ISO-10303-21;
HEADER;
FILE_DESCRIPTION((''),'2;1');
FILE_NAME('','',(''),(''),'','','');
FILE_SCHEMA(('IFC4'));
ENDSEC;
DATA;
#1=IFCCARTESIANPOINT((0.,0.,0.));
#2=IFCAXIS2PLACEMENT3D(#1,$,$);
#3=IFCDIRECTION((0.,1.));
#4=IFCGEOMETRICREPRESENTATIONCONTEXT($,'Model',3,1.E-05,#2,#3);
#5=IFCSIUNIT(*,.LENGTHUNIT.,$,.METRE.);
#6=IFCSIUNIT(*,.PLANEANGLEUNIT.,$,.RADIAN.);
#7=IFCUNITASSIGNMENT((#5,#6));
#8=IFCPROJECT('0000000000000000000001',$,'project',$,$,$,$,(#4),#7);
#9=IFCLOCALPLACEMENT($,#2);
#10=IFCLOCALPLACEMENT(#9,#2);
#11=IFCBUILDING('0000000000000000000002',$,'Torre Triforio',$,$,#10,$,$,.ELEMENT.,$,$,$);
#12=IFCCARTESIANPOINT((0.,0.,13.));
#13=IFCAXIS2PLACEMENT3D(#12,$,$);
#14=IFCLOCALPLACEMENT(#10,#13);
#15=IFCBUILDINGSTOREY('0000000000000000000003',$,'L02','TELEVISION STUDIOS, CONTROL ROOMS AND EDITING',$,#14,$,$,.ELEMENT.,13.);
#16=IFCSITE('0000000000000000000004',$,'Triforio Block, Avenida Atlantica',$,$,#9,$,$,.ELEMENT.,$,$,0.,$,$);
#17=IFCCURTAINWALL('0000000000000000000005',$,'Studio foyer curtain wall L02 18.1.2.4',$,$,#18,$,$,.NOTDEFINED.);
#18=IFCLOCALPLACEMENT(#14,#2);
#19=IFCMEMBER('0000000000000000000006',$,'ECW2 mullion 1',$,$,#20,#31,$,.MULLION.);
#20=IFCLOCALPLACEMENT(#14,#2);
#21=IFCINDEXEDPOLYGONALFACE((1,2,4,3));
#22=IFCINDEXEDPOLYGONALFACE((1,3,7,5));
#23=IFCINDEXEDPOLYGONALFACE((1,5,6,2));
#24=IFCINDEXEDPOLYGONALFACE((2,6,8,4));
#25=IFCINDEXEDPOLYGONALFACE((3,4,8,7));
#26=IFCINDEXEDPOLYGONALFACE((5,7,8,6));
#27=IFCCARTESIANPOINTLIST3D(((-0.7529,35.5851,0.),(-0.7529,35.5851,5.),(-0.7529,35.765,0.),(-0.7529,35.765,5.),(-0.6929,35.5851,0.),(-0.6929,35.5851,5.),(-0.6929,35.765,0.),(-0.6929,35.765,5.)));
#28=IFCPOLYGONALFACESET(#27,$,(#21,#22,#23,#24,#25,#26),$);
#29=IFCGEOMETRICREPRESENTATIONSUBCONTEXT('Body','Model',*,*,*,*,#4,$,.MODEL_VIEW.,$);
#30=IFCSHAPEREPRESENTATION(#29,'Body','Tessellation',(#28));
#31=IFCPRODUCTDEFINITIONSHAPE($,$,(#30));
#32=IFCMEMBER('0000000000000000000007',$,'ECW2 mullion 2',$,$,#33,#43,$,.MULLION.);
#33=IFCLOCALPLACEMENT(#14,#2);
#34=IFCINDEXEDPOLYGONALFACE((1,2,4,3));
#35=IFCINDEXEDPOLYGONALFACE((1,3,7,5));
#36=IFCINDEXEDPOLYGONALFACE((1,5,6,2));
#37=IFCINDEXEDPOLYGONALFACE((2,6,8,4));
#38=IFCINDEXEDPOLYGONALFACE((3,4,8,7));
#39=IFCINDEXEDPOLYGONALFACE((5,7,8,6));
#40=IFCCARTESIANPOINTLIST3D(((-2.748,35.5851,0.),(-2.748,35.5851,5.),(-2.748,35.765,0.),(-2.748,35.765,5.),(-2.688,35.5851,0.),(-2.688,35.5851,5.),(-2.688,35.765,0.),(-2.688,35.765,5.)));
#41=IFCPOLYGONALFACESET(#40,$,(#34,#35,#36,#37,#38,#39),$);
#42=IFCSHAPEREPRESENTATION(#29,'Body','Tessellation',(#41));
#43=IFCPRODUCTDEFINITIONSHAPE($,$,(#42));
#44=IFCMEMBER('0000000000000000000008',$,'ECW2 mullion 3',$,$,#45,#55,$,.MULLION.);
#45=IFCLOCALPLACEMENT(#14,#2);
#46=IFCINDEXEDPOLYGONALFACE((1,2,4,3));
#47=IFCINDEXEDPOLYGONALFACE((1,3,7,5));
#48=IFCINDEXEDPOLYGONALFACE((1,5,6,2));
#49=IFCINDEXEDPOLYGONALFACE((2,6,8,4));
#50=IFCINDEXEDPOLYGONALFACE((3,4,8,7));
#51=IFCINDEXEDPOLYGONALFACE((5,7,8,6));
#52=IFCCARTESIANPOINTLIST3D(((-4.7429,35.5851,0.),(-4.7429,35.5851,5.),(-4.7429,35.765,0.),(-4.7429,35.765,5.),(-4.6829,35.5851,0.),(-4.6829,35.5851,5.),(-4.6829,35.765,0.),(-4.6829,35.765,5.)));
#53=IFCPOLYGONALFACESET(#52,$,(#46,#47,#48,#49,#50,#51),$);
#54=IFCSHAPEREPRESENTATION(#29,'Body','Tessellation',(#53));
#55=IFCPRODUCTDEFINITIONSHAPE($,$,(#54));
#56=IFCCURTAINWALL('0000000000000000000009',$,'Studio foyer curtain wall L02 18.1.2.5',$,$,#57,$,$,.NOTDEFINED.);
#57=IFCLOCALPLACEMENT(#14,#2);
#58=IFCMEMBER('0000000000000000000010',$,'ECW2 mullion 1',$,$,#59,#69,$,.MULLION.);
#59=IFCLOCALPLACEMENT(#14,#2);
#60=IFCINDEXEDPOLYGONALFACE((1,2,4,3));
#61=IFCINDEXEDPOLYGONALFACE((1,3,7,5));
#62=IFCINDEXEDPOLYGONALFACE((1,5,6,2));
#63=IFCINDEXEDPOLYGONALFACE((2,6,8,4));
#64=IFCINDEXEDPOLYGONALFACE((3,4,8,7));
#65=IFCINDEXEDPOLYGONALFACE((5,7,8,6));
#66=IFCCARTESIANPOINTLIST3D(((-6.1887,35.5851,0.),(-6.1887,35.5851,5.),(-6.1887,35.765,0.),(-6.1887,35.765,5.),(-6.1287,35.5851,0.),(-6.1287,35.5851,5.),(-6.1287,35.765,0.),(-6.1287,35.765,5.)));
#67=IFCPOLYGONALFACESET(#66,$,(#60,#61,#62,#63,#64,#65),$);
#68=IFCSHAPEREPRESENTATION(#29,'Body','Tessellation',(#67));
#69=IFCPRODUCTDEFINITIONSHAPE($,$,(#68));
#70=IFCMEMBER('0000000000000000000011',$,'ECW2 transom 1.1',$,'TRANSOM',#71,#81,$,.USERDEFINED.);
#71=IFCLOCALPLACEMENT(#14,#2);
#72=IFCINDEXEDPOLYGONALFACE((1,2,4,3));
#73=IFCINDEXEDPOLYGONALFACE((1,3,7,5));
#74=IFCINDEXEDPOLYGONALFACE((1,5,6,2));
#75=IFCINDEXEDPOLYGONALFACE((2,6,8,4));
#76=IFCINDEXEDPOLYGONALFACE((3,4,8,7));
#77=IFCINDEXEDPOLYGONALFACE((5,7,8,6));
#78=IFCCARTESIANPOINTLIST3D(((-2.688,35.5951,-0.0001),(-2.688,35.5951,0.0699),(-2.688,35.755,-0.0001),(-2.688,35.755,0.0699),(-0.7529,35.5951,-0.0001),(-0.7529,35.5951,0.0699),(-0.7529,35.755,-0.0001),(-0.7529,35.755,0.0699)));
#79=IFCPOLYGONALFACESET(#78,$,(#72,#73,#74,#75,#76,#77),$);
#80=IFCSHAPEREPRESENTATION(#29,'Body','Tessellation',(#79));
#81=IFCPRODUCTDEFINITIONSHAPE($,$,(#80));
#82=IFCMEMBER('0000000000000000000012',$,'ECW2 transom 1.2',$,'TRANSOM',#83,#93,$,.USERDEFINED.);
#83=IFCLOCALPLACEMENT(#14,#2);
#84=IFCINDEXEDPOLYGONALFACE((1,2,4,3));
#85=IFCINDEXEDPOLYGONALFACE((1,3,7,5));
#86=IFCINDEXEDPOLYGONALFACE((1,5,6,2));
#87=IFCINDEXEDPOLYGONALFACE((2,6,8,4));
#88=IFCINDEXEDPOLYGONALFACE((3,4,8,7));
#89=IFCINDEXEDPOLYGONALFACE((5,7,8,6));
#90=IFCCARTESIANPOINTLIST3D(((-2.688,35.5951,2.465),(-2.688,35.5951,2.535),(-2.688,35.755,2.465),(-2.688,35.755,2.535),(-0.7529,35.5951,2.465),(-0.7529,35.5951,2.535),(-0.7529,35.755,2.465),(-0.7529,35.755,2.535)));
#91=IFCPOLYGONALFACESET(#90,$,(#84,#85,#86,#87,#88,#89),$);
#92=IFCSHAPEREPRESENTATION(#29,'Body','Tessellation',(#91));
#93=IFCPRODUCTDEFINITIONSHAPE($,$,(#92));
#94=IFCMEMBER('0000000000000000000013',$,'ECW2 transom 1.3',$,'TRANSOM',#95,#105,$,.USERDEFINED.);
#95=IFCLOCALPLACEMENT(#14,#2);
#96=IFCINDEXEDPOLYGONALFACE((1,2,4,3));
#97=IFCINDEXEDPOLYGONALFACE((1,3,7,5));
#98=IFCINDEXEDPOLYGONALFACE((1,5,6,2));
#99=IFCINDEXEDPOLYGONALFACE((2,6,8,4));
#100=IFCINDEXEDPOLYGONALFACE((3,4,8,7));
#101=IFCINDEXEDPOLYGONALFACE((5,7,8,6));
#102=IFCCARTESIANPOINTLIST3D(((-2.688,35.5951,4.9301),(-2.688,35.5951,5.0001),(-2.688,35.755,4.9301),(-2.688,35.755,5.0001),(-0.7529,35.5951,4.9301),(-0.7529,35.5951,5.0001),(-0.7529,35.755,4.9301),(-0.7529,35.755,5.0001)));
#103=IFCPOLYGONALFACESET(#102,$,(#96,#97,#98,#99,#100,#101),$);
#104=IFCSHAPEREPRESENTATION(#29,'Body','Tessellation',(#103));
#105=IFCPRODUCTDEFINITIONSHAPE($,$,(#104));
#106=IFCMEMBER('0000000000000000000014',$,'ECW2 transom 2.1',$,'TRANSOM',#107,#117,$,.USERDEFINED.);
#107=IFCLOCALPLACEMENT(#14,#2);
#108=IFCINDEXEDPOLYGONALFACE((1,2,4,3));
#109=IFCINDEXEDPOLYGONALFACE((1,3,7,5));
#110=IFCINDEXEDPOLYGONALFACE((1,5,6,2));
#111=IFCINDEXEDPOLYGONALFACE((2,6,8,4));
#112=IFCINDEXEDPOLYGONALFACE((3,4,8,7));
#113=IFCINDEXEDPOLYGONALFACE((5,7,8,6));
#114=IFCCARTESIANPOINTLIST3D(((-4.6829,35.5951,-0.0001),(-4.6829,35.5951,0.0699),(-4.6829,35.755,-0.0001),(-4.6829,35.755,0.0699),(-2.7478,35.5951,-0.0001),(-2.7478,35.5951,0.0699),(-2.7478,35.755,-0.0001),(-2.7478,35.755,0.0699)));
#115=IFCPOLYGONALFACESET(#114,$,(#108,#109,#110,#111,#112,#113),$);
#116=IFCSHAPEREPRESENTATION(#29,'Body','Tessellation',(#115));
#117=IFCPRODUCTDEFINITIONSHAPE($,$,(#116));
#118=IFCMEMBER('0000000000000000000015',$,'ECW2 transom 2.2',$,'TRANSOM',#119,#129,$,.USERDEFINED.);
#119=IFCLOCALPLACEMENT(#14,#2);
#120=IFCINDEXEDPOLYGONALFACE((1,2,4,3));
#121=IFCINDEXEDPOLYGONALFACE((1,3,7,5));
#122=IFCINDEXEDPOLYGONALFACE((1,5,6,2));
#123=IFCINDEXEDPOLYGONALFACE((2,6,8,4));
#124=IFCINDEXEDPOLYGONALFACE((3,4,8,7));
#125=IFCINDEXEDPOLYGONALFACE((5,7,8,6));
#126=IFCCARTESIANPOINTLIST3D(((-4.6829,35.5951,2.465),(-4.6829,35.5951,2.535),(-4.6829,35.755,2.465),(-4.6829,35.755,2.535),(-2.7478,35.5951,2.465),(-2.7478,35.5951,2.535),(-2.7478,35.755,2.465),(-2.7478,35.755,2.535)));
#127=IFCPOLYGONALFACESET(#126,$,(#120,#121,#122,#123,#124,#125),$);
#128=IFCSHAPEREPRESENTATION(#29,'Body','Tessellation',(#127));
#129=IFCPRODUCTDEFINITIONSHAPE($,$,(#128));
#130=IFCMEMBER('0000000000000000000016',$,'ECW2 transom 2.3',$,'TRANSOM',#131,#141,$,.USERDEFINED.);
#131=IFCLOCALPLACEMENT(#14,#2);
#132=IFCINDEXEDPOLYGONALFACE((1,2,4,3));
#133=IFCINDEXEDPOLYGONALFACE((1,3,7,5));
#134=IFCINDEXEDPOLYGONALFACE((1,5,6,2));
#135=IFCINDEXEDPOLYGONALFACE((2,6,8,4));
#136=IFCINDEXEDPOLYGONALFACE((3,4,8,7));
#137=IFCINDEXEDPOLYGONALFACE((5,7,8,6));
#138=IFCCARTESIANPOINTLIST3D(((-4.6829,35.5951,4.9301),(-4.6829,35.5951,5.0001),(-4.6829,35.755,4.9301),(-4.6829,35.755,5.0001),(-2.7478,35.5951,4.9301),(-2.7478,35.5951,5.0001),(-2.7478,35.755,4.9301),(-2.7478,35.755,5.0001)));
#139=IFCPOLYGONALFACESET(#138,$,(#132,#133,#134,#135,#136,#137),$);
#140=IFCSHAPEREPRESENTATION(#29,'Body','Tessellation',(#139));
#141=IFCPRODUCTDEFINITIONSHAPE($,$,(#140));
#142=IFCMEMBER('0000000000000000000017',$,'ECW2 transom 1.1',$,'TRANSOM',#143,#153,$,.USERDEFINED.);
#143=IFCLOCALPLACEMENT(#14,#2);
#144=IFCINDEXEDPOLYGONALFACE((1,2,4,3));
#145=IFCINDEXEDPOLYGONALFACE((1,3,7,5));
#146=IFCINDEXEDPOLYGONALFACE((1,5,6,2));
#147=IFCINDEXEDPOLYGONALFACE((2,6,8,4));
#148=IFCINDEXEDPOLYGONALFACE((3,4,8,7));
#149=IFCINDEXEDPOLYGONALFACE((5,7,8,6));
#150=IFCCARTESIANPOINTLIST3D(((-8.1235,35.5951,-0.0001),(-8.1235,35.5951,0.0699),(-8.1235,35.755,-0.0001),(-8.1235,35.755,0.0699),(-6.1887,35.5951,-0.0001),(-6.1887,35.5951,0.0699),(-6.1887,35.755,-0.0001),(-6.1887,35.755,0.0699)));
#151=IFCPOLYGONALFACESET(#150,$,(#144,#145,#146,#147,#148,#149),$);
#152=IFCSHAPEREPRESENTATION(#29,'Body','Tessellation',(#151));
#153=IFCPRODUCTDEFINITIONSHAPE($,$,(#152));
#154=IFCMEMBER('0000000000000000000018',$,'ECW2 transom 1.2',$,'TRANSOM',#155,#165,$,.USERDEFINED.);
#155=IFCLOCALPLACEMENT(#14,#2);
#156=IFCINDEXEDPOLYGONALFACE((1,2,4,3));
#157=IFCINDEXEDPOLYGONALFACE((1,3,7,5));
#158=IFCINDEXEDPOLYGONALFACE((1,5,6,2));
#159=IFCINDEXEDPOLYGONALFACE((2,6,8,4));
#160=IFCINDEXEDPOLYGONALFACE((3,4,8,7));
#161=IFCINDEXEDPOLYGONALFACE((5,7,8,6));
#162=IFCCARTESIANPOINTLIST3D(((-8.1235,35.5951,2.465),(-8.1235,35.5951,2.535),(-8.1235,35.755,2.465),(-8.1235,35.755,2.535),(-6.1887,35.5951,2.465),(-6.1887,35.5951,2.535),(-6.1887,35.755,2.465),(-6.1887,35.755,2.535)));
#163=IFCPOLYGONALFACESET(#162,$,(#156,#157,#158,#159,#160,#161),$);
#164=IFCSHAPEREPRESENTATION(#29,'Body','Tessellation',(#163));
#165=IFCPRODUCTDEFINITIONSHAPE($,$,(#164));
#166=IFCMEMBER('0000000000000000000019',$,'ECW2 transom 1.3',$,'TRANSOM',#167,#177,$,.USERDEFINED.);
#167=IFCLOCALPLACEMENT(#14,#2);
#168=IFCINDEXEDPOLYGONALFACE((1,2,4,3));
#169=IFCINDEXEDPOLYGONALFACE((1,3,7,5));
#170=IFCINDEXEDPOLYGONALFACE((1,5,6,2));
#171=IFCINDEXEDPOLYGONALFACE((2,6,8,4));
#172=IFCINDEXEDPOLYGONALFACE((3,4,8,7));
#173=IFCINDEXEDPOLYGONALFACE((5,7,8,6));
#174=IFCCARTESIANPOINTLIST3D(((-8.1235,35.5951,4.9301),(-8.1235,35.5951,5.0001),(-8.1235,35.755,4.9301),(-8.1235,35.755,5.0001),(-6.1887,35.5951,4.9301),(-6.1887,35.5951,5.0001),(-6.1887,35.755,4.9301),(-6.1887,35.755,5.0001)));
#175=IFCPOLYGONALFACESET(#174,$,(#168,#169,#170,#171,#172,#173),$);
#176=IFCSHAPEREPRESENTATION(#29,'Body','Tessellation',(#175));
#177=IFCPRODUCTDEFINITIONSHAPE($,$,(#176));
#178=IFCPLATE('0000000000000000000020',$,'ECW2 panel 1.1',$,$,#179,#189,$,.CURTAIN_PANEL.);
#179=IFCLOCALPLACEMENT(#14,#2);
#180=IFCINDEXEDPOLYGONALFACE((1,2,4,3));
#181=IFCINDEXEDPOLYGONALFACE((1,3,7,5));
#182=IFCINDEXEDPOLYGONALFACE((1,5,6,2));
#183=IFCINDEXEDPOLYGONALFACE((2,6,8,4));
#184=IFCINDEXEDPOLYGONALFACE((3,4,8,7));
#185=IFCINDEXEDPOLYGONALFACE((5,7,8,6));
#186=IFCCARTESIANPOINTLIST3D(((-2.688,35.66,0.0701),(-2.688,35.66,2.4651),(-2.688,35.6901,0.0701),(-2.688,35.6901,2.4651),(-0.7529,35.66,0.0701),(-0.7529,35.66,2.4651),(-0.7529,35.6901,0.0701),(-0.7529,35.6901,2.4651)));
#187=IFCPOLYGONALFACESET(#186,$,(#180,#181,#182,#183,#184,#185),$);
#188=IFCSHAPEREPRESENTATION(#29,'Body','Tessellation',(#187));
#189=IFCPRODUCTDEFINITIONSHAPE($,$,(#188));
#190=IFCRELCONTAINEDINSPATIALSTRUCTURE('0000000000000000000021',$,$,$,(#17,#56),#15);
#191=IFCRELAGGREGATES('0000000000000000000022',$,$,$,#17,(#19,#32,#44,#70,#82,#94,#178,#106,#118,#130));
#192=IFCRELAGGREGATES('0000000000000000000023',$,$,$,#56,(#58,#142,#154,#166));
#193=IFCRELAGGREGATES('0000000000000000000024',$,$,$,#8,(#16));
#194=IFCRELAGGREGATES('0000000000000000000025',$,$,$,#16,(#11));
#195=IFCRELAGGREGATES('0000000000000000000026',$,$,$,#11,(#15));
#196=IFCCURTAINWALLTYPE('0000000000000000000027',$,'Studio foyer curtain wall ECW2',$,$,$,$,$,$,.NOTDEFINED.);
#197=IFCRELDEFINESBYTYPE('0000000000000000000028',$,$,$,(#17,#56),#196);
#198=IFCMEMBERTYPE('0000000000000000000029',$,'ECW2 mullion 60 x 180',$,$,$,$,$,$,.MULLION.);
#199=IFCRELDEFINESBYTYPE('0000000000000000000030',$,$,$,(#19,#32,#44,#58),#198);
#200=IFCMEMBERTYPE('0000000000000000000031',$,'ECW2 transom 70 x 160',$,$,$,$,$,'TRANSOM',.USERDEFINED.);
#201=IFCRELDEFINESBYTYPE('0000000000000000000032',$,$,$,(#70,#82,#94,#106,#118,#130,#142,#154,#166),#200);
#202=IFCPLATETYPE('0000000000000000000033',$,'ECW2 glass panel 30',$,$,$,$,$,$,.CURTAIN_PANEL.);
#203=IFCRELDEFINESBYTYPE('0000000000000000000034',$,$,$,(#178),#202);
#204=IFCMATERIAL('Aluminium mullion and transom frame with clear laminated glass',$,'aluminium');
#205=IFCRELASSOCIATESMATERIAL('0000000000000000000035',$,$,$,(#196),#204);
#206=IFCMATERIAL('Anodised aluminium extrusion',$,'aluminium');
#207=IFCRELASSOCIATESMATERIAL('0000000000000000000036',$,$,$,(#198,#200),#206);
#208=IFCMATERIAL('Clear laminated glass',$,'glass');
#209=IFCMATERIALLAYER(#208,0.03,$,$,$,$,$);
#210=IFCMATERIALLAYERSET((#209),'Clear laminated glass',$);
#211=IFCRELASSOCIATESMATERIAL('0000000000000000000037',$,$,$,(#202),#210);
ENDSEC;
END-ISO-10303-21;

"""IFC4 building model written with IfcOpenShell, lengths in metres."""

from ifc_helpers import new_model, si_unit, direction, frame, origin, origin_2d, place, context, subcontext, project, spatial, rectangle, extrude, material, layer, layer_set, material_profile, profile_set, type_object, element, aggregate, save


model = new_model("IFC4")

# Units and contexts
model_context = context("Model", 3, precision=1e-05, world=origin(), true_north=direction((0.0, 1.0)))
body_context = subcontext(model_context, "Body", "Model", "MODEL_VIEW")
ifc_project = project(units=[si_unit("LENGTHUNIT", "METRE"), si_unit("PLANEANGLEUNIT", "RADIAN")], contexts=[model_context])

# Site, building, storey
site_placement = place(None, origin())
site = spatial("IfcSite", under=ifc_project, at=site_placement, Name="Triforio Block, Avenida Atlantica", CompositionType="ELEMENT", RefElevation=0.0)
building_placement = place(site_placement, origin())
building = spatial("IfcBuilding", under=site, at=building_placement, Name="Torre Triforio", CompositionType="ELEMENT")
storey_placement = place(building_placement, frame((0.0, 0.0, 13.0)))
storey = spatial("IfcBuildingStorey", under=building, at=storey_placement, Name="L02", Description="TELEVISION STUDIOS, CONTROL ROOMS AND EDITING", CompositionType="ELEMENT", Elevation=13.0)

# Curtain wall, members
ifc_material_1 = material(Name="Aluminium mullion and transom frame with clear laminated glass", Category="aluminium")
curtain_wall_type = type_object("IfcCurtainWallType", Name="Studio foyer curtain wall ECW2", PredefinedType="NOTDEFINED", material=ifc_material_1)
curtain_wall_1_placement = place(storey_placement, origin())
curtain_wall_1 = element("IfcCurtainWall", 1, at=curtain_wall_1_placement, inside=storey, type_object=curtain_wall_type, Name="Studio foyer curtain wall L02 18.1.2.4", PredefinedType="NOTDEFINED")
ifc_material_2 = material(Name="Anodised aluminium extrusion", Category="aluminium")
ifc_material_profile_1 = material_profile(ifc_material_2, rectangle(XDim=0.1799, YDim=0.0601, at=origin_2d()), Name="ECW2 MULLION 60x180")
ifc_profile_set_1 = profile_set([ifc_material_profile_1], Name="Anodised aluminium extrusion")
member_type_1 = type_object("IfcMemberType", Name="ECW2 mullion 60 x 180", PredefinedType="MULLION", material=ifc_profile_set_1)
member_1_placement = place(storey_placement, frame((-0.7229, 35.675, 0.0), z_axis=(0.0, 0.0, 1.0), x_axis=(0.0, -1.0, 0.0)))
member_1 = element("IfcMember", 2, at=member_1_placement, type_object=member_type_1, Name="ECW2 mullion 1", PredefinedType="MULLION", context=body_context, shape_type="SweptSolid", body=[
    extrude(rectangle(XDim=0.1799, YDim=0.0601, at=origin_2d()), origin(), (0.0, 0.0, 1.0), 5.0),
])
member_2_placement = place(storey_placement, frame((-2.718, 35.675, 0.0), z_axis=(0.0, 0.0, 1.0), x_axis=(0.0, -1.0, 0.0)))
member_2 = element("IfcMember", 3, at=member_2_placement, type_object=member_type_1, Name="ECW2 mullion 2", PredefinedType="MULLION", context=body_context, shape_type="SweptSolid", body=[
    extrude(rectangle(XDim=0.1799, YDim=0.0601, at=origin_2d()), origin(), (0.0, 0.0, 1.0), 5.0),
])
member_3_placement = place(storey_placement, frame((-4.7129, 35.675, 0.0), z_axis=(0.0, 0.0, 1.0), x_axis=(0.0, -1.0, 0.0)))
member_3 = element("IfcMember", 4, at=member_3_placement, type_object=member_type_1, Name="ECW2 mullion 3", PredefinedType="MULLION", context=body_context, shape_type="SweptSolid", body=[
    extrude(rectangle(XDim=0.1799, YDim=0.0601, at=origin_2d()), origin(), (0.0, 0.0, 1.0), 5.0),
])

# Curtain wall, member
curtain_wall_2_placement = place(storey_placement, origin())
curtain_wall_2 = element("IfcCurtainWall", 5, at=curtain_wall_2_placement, inside=storey, type_object=curtain_wall_type, Name="Studio foyer curtain wall L02 18.1.2.5", PredefinedType="NOTDEFINED")
member_4_placement = place(storey_placement, frame((-6.1587, 35.675, 0.0), z_axis=(0.0, 0.0, 1.0), x_axis=(0.0, -1.0, 0.0)))
member_4 = element("IfcMember", 6, at=member_4_placement, type_object=member_type_1, Name="ECW2 mullion 1", PredefinedType="MULLION", context=body_context, shape_type="SweptSolid", body=[
    extrude(rectangle(XDim=0.1799, YDim=0.0601, at=origin_2d()), origin(), (0.0, 0.0, 1.0), 5.0),
])

# Members
ifc_material_profile_2 = material_profile(ifc_material_2, rectangle(XDim=0.1599, YDim=0.0701, at=origin_2d()), Name="ECW2 TRANSOM 70x160")
ifc_profile_set_2 = profile_set([ifc_material_profile_2], Name="Anodised aluminium extrusion")
member_type_2 = type_object("IfcMemberType", Name="ECW2 transom 70 x 160", ElementType="TRANSOM", PredefinedType="USERDEFINED", material=ifc_profile_set_2)
member_5_placement = place(storey_placement, frame((-0.7529, 35.675, 0.0349), z_axis=(-1.0, 0.0, 0.0), x_axis=(0.0, -1.0, 0.0)))
member_5 = element("IfcMember", 7, at=member_5_placement, type_object=member_type_2, Name="ECW2 transom 1.1", ObjectType="TRANSOM", PredefinedType="USERDEFINED", context=body_context, shape_type="SweptSolid", body=[
    extrude(rectangle(XDim=0.1599, YDim=0.0701, at=origin_2d()), origin(), (0.0, 0.0, 1.0), 1.9351),
])
member_6_placement = place(storey_placement, frame((-0.7529, 35.675, 2.5), z_axis=(-1.0, 0.0, 0.0), x_axis=(0.0, -1.0, 0.0)))
member_6 = element("IfcMember", 8, at=member_6_placement, type_object=member_type_2, Name="ECW2 transom 1.2", ObjectType="TRANSOM", PredefinedType="USERDEFINED", context=body_context, shape_type="SweptSolid", body=[
    extrude(rectangle(XDim=0.1599, YDim=0.0701, at=origin_2d()), origin(), (0.0, 0.0, 1.0), 1.9351),
])
member_7_placement = place(storey_placement, frame((-0.7529, 35.675, 4.9651), z_axis=(-1.0, 0.0, 0.0), x_axis=(0.0, -1.0, 0.0)))
member_7 = element("IfcMember", 9, at=member_7_placement, type_object=member_type_2, Name="ECW2 transom 1.3", ObjectType="TRANSOM", PredefinedType="USERDEFINED", context=body_context, shape_type="SweptSolid", body=[
    extrude(rectangle(XDim=0.1599, YDim=0.0701, at=origin_2d()), origin(), (0.0, 0.0, 1.0), 1.9351),
])
member_8_placement = place(storey_placement, frame((-2.7478, 35.675, 0.0349), z_axis=(-1.0, 0.0, 0.0), x_axis=(0.0, -1.0, 0.0)))
member_8 = element("IfcMember", 10, at=member_8_placement, type_object=member_type_2, Name="ECW2 transom 2.1", ObjectType="TRANSOM", PredefinedType="USERDEFINED", context=body_context, shape_type="SweptSolid", body=[
    extrude(rectangle(XDim=0.1599, YDim=0.0701, at=origin_2d()), origin(), (0.0, 0.0, 1.0), 1.9351),
])
member_9_placement = place(storey_placement, frame((-2.7478, 35.675, 2.5), z_axis=(-1.0, 0.0, 0.0), x_axis=(0.0, -1.0, 0.0)))
member_9 = element("IfcMember", 11, at=member_9_placement, type_object=member_type_2, Name="ECW2 transom 2.2", ObjectType="TRANSOM", PredefinedType="USERDEFINED", context=body_context, shape_type="SweptSolid", body=[
    extrude(rectangle(XDim=0.1599, YDim=0.0701, at=origin_2d()), origin(), (0.0, 0.0, 1.0), 1.9351),
])
member_10_placement = place(storey_placement, frame((-2.7478, 35.675, 4.9651), z_axis=(-1.0, 0.0, 0.0), x_axis=(0.0, -1.0, 0.0)))
member_10 = element("IfcMember", 12, at=member_10_placement, type_object=member_type_2, Name="ECW2 transom 2.3", ObjectType="TRANSOM", PredefinedType="USERDEFINED", context=body_context, shape_type="SweptSolid", body=[
    extrude(rectangle(XDim=0.1599, YDim=0.0701, at=origin_2d()), origin(), (0.0, 0.0, 1.0), 1.9351),
])
member_11_placement = place(storey_placement, frame((-6.1887, 35.675, 0.0349), z_axis=(-1.0, 0.0, 0.0), x_axis=(0.0, -1.0, 0.0)))
member_11 = element("IfcMember", 13, at=member_11_placement, type_object=member_type_2, Name="ECW2 transom 1.1", ObjectType="TRANSOM", PredefinedType="USERDEFINED", context=body_context, shape_type="SweptSolid", body=[
    extrude(rectangle(XDim=0.1599, YDim=0.0701, at=origin_2d()), origin(), (0.0, 0.0, 1.0), 1.9348),
])
member_12_placement = place(storey_placement, frame((-6.1887, 35.675, 2.5), z_axis=(-1.0, 0.0, 0.0), x_axis=(0.0, -1.0, 0.0)))
member_12 = element("IfcMember", 14, at=member_12_placement, type_object=member_type_2, Name="ECW2 transom 1.2", ObjectType="TRANSOM", PredefinedType="USERDEFINED", context=body_context, shape_type="SweptSolid", body=[
    extrude(rectangle(XDim=0.1599, YDim=0.0701, at=origin_2d()), origin(), (0.0, 0.0, 1.0), 1.9348),
])
member_13_placement = place(storey_placement, frame((-6.1887, 35.675, 4.9651), z_axis=(-1.0, 0.0, 0.0), x_axis=(0.0, -1.0, 0.0)))
member_13 = element("IfcMember", 15, at=member_13_placement, type_object=member_type_2, Name="ECW2 transom 1.3", ObjectType="TRANSOM", PredefinedType="USERDEFINED", context=body_context, shape_type="SweptSolid", body=[
    extrude(rectangle(XDim=0.1599, YDim=0.0701, at=origin_2d()), origin(), (0.0, 0.0, 1.0), 1.9348),
])

# Plate
ifc_material_3 = material(Name="Clear laminated glass", Category="glass")
ifc_layer_1 = layer(ifc_material_3, 0.03)
ifc_layer_set_1 = layer_set([ifc_layer_1], Name="Clear laminated glass")
plate_type = type_object("IfcPlateType", Name="ECW2 glass panel 30", PredefinedType="CURTAIN_PANEL", material=ifc_layer_set_1)
plate_1_placement = place(storey_placement, frame((-1.7205, 35.675, 0.0701), z_axis=(0.0, 0.0, 1.0), x_axis=(-1.0, 0.0, 0.0)))
plate_1 = element("IfcPlate", 16, at=plate_1_placement, type_object=plate_type, Name="ECW2 panel 1.1", PredefinedType="CURTAIN_PANEL", context=body_context, shape_type="SweptSolid", body=[
    extrude(rectangle(XDim=1.9351, YDim=0.03, at=origin_2d()), origin(), (0.0, 0.0, 1.0), 2.395),
])
aggregate(curtain_wall_1, [member_1, member_2, member_3, member_5, member_6, member_7, plate_1, member_8, member_9, member_10])
aggregate(curtain_wall_2, [member_4, member_11, member_12, member_13])

save(model, "model.ifc")
